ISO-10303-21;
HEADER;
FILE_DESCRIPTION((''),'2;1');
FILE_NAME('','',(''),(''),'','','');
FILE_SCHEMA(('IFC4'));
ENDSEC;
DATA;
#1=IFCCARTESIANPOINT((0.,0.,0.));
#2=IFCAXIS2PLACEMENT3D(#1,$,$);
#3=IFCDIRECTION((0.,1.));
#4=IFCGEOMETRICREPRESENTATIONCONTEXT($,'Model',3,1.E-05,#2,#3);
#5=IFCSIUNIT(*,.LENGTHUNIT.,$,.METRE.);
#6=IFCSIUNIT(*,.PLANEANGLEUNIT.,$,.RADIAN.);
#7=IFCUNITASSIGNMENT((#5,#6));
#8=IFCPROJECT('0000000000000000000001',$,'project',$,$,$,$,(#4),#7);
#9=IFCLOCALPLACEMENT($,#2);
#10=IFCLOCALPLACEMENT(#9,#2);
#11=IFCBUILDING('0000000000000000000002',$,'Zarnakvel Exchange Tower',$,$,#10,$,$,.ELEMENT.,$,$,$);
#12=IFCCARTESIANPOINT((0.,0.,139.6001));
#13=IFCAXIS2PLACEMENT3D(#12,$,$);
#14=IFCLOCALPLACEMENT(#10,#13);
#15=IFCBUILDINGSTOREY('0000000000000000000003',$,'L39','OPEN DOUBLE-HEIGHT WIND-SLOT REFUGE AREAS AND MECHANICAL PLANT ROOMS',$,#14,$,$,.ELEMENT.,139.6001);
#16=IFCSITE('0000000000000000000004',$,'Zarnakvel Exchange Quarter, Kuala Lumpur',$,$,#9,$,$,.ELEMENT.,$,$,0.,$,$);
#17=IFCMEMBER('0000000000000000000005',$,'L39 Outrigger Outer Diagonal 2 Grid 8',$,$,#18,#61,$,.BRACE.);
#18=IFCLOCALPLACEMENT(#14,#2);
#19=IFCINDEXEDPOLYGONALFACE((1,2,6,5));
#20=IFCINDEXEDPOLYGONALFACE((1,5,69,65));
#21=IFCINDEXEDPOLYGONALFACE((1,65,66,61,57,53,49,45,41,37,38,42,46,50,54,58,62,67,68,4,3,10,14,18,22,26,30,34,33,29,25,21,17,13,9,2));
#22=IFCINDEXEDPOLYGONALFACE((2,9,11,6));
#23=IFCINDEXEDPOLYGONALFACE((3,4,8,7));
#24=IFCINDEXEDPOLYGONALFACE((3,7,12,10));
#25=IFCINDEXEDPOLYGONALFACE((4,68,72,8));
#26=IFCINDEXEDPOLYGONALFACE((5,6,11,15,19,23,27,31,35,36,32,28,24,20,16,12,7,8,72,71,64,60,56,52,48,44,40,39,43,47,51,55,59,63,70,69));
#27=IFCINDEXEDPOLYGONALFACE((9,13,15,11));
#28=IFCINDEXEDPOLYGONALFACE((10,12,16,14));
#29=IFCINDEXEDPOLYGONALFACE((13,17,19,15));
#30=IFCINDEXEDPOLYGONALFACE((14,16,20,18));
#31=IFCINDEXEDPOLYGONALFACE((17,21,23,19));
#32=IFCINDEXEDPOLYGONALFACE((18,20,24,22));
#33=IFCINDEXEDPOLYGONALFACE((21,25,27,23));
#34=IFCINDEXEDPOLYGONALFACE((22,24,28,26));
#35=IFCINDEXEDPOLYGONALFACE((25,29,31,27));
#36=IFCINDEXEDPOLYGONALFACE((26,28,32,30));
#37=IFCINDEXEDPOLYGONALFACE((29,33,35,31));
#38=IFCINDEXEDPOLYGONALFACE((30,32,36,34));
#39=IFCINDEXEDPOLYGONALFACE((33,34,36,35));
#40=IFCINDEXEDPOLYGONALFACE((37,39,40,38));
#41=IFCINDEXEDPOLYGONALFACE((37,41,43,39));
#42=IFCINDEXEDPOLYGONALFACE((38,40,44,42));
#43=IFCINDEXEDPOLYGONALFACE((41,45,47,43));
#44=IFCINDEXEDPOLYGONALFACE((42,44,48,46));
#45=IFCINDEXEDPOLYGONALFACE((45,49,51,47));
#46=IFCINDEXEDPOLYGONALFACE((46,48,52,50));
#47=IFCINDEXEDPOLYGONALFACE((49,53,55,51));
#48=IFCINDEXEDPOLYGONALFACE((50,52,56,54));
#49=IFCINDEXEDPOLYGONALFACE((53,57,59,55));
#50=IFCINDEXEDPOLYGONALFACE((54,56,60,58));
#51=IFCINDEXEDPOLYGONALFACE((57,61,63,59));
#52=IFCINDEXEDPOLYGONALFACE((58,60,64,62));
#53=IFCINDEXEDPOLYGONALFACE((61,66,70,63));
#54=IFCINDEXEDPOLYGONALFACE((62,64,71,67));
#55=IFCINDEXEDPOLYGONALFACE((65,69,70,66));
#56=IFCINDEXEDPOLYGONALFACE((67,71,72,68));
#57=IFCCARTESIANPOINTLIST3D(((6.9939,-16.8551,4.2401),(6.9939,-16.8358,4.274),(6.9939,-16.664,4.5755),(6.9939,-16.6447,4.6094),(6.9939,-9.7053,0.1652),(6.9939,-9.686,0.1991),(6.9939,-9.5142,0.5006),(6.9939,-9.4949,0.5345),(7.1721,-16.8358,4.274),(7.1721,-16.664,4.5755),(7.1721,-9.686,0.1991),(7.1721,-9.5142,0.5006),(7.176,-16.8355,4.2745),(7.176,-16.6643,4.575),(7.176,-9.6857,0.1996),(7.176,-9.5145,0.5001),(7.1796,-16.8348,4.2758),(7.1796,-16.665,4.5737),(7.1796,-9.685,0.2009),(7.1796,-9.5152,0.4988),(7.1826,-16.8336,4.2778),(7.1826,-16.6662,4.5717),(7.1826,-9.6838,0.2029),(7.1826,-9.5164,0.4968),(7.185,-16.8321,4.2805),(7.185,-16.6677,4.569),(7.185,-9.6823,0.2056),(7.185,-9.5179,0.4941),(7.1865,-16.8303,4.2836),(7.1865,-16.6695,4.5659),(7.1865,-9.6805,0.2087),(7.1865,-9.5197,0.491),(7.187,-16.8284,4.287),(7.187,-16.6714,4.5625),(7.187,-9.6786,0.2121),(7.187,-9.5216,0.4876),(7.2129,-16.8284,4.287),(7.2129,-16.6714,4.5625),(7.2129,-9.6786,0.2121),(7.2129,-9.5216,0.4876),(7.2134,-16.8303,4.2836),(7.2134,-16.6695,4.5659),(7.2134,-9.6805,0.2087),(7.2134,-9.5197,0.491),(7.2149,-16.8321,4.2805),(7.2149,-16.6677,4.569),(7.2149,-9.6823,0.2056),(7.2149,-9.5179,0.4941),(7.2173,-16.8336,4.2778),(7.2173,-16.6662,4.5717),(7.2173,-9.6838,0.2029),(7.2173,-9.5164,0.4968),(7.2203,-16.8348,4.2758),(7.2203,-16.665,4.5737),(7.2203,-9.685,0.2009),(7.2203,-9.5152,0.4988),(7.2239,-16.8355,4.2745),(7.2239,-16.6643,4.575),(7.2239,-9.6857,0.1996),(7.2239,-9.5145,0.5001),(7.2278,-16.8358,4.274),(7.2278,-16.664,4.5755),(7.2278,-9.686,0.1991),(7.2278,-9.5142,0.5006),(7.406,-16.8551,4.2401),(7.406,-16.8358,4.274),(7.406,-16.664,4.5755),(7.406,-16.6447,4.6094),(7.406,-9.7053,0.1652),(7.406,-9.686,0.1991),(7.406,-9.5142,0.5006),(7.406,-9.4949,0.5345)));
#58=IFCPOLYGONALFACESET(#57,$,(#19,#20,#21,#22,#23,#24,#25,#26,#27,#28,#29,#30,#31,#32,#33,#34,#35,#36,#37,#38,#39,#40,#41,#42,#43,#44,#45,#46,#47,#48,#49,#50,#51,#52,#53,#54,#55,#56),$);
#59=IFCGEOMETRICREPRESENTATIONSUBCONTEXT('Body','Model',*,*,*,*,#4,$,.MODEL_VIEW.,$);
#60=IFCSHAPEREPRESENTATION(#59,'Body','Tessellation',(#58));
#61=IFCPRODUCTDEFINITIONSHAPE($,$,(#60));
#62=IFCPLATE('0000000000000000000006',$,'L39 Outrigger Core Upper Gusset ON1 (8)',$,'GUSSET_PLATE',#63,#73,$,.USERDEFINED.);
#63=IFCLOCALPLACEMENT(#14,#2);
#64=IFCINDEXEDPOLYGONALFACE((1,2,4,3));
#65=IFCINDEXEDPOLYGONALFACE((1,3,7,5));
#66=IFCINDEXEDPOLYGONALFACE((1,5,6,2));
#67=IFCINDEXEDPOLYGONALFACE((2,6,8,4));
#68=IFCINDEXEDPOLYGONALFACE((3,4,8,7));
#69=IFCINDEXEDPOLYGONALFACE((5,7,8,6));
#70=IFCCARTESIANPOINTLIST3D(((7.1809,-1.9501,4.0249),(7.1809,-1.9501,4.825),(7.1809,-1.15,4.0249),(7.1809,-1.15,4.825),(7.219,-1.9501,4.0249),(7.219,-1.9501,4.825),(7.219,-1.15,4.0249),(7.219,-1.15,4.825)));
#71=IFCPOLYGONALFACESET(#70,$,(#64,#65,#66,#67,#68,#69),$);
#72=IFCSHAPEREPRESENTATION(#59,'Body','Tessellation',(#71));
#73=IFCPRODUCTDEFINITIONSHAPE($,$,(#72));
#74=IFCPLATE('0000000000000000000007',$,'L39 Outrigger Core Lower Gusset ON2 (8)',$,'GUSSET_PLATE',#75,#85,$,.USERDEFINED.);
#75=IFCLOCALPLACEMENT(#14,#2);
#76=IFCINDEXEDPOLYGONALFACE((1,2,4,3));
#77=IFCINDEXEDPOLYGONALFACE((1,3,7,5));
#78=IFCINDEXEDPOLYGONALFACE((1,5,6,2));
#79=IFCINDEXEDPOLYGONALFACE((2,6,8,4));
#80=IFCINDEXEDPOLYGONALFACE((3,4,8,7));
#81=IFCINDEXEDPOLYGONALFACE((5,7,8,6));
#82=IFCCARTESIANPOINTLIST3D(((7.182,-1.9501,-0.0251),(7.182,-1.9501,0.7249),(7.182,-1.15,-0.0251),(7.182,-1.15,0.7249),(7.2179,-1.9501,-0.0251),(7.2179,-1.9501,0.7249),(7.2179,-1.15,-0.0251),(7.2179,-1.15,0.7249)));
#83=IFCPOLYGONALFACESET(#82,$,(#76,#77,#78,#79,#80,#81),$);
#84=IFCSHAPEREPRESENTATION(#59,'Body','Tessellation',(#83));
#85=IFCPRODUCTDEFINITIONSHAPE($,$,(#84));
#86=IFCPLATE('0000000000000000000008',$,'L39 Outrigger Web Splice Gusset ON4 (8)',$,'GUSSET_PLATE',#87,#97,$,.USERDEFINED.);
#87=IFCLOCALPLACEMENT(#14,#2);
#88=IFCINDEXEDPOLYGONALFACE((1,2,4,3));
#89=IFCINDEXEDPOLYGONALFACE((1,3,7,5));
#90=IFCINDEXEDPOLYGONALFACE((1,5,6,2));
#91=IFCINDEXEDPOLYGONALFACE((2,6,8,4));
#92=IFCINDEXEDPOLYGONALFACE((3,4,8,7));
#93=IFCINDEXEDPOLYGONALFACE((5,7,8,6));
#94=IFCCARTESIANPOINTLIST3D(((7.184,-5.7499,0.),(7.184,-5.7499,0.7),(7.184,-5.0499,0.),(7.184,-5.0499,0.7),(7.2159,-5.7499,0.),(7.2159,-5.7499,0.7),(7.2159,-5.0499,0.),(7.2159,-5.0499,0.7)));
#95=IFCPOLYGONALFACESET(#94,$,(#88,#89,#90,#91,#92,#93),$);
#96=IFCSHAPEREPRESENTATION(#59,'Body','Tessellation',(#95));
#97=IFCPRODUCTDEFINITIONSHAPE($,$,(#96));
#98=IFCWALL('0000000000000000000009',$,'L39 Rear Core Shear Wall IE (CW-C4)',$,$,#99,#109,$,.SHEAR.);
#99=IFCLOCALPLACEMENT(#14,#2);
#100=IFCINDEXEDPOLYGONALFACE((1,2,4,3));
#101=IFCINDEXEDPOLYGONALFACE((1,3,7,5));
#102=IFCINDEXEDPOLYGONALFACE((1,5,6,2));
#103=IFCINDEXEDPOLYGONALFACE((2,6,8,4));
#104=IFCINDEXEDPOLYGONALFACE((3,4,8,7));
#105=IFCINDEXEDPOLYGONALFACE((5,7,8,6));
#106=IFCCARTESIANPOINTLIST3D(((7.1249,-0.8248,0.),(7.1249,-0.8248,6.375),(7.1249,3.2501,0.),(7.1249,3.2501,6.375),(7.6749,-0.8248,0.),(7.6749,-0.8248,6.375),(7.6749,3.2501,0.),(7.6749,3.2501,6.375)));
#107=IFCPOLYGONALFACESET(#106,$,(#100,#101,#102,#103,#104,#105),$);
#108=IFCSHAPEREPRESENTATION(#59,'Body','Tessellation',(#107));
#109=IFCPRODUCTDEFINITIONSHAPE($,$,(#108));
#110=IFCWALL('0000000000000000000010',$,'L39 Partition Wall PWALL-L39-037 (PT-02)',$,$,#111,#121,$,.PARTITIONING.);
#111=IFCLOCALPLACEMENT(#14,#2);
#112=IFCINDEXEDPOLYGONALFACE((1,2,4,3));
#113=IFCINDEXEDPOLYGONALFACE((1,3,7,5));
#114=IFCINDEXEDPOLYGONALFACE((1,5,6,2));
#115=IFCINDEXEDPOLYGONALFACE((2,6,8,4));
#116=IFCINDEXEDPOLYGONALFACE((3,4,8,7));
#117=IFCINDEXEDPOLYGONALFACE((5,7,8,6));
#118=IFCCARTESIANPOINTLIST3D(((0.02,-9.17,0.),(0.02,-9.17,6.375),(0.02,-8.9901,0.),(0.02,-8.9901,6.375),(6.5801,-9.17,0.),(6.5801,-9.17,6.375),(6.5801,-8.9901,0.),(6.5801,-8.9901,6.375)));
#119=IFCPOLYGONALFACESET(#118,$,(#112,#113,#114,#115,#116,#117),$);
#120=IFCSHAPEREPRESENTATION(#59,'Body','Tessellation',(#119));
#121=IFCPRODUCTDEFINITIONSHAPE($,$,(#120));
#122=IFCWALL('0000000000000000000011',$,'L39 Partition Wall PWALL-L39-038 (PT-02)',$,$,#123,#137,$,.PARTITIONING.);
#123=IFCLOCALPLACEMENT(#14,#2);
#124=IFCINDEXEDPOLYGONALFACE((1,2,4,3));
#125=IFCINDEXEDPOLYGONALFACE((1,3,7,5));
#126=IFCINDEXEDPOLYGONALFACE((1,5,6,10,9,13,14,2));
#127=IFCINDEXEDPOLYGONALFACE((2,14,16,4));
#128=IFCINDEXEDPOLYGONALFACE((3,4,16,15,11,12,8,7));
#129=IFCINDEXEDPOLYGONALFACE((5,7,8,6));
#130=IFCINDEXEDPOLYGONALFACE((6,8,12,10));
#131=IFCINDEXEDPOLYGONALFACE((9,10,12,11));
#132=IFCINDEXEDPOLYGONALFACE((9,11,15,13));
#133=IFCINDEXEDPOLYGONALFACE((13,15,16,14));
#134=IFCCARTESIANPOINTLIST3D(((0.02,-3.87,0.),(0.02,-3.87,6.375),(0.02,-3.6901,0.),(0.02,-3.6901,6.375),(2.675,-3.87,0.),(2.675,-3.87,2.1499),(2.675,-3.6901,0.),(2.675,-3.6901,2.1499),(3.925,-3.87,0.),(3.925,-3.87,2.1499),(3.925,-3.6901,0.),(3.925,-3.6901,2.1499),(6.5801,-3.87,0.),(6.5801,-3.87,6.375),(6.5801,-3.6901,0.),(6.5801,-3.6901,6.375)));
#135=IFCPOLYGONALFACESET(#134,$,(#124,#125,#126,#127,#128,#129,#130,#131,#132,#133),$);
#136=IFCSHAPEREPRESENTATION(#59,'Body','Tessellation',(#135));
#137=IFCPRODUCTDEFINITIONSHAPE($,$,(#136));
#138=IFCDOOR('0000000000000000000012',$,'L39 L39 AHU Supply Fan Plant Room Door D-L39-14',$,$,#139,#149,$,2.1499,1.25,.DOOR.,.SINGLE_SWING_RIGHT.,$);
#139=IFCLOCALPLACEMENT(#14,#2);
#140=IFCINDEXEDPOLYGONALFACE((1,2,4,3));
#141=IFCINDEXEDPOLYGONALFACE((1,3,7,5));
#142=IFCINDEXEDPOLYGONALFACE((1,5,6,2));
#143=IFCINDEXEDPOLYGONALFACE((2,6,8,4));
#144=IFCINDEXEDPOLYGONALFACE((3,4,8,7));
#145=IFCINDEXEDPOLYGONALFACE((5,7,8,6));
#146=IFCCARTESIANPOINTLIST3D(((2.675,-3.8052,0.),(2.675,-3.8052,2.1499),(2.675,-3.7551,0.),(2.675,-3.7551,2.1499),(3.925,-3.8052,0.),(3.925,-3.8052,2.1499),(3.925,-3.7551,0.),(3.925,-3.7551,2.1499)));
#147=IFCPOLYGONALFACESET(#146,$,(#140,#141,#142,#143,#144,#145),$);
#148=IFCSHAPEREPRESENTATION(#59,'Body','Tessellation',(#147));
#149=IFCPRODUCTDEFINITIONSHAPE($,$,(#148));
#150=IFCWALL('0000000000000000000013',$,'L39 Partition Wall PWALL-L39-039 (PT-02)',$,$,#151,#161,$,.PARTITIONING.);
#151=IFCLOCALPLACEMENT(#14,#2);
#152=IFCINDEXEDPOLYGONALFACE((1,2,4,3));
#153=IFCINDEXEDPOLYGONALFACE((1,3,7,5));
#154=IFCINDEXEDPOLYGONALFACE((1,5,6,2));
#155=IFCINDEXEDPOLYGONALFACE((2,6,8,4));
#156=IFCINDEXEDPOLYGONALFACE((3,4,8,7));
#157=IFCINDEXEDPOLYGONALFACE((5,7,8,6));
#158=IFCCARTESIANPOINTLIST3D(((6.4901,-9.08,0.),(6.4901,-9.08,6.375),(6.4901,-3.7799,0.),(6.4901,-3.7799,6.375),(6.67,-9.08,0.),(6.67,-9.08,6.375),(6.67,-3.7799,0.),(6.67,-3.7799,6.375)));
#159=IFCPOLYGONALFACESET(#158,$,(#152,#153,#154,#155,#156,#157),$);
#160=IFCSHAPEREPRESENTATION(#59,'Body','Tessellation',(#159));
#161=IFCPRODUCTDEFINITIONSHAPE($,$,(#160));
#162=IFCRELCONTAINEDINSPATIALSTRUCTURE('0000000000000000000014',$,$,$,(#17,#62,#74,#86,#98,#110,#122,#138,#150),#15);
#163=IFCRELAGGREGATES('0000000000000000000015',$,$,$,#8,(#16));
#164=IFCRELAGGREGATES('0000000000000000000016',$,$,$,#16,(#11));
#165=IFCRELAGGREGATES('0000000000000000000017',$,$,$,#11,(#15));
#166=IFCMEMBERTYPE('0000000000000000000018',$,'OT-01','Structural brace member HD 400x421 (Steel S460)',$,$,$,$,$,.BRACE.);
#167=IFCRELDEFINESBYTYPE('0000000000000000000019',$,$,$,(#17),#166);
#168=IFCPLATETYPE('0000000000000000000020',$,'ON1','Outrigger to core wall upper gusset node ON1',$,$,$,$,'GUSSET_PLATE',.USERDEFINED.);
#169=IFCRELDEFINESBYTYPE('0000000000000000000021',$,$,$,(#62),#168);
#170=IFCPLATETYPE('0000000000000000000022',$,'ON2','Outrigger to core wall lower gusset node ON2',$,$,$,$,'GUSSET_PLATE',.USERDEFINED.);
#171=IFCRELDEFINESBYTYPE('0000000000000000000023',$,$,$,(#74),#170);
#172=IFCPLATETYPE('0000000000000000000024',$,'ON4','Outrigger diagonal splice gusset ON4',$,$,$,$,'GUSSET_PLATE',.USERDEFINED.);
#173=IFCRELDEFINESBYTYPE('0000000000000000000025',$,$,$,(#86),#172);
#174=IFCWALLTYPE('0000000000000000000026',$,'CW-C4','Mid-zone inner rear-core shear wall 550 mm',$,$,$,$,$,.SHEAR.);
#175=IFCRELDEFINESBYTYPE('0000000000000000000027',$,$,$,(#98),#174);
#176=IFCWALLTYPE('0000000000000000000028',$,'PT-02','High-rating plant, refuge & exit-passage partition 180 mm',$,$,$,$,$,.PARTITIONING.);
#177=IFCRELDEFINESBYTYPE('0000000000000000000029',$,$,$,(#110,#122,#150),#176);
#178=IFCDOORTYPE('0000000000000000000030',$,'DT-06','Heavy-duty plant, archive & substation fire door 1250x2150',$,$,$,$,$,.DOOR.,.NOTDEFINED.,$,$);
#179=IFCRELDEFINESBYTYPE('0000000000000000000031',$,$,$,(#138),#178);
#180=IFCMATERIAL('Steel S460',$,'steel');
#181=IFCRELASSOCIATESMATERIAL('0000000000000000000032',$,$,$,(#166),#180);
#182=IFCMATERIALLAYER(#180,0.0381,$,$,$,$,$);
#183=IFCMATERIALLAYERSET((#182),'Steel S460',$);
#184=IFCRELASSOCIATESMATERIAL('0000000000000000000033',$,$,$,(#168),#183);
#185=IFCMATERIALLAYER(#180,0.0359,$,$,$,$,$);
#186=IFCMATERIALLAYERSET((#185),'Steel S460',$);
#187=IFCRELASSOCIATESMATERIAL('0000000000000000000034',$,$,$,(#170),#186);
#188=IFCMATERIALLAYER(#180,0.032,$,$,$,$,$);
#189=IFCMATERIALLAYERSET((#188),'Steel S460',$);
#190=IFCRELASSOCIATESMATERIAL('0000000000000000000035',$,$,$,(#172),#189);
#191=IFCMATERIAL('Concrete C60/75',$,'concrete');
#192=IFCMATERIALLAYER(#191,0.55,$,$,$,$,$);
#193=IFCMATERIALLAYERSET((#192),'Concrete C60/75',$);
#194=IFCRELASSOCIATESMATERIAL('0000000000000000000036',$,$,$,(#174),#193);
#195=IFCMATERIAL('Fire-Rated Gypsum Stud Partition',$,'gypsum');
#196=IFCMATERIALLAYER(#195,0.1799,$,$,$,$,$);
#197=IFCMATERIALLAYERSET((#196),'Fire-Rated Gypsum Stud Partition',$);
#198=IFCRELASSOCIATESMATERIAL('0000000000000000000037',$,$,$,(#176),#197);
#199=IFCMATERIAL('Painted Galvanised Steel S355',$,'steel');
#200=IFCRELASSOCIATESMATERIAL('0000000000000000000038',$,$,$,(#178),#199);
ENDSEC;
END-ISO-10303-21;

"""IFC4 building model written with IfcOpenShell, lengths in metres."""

from ifc_helpers import new_model, si_unit, direction, frame, frame_2d, origin, origin_2d, place, context, subcontext, project, spatial, rectangle, i_section, extrude, source, transform, mapped, material, layer, layer_set, material_profile, profile_set, type_object, element, fill, save


model = new_model("IFC4")

# Units and contexts
model_context = context("Model", 3, precision=1e-05, world=origin(), true_north=direction((0.0, 1.0)))
body_context = subcontext(model_context, "Body", "Model", "MODEL_VIEW")
ifc_project = project(units=[si_unit("LENGTHUNIT", "METRE"), si_unit("PLANEANGLEUNIT", "RADIAN")], contexts=[model_context])

# Site, building, storey
site_placement = place(None, origin())
site = spatial("IfcSite", under=ifc_project, at=site_placement, Name="Zarnakvel Exchange Quarter, Kuala Lumpur", CompositionType="ELEMENT", RefElevation=0.0)
building_placement = place(site_placement, origin())
building = spatial("IfcBuilding", under=site, at=building_placement, Name="Zarnakvel Exchange Tower", CompositionType="ELEMENT")
storey_placement = place(building_placement, frame((0.0, 0.0, 139.6001)))
storey = spatial("IfcBuildingStorey", under=building, at=storey_placement, Name="L39", Description="OPEN DOUBLE-HEIGHT WIND-SLOT REFUGE AREAS AND MECHANICAL PLANT ROOMS", CompositionType="ELEMENT", Elevation=139.6001)

# Shared definitions
ifc_material_1 = material(Name="Concrete C60/75", Category="concrete")

# Member
ifc_material_2 = material(Name="Steel S460", Category="steel")
ifc_material_profile_1 = material_profile(ifc_material_2, i_section(OverallWidth=0.4121, OverallDepth=0.425, WebThickness=0.0259, FlangeThickness=0.0391, FilletRadius=0.0149, at=origin_2d()))
ifc_profile_set_1 = profile_set([ifc_material_profile_1], Name="Steel S460")
member_type_1 = type_object("IfcMemberType", Name="OT-01", Description="Structural brace member HD 400x421 (Steel S460)", PredefinedType="BRACE", material=ifc_profile_set_1)
shared_shape_1 = source(origin(), body_context, "Body", "SweptSolid", [
    extrude(i_section(OverallWidth=0.4121, OverallDepth=0.425, WebThickness=0.0259, FlangeThickness=0.0391, FilletRadius=0.0149, at=origin_2d()), origin(), (0.0, 0.0, 1.0), 8.2295),
])
member_1_placement = place(storey_placement, frame((7.2, -9.6001, 0.3499), z_axis=(0.0, -0.868803, 0.495158), x_axis=(1.0, 0.0, 0.0)))
element("IfcMember", 1, at=member_1_placement, inside=storey, type_object=member_type_1, Name="L39 Outrigger Outer Diagonal 2 Grid 8", PredefinedType="BRACE", context=body_context, shape_type="MappedRepresentation", body=[
    mapped(shared_shape_1, transform((0.0, 0.0, 0.0), x_axis=(1.0, 0.0, 0.0), y_axis=(0.0, 1.0, 0.0), z_axis=(0.0, 0.0, 1.0), scale=1.0)),
])

# Plates
ifc_layer_1 = layer(ifc_material_2, 0.0381)
ifc_layer_set_1 = layer_set([ifc_layer_1], Name="Steel S460")
plate_type_1 = type_object("IfcPlateType", Name="ON1", Description="Outrigger to core wall upper gusset node ON1", ElementType="GUSSET_PLATE", PredefinedType="USERDEFINED", material=ifc_layer_set_1)
shared_shape_2 = source(origin(), body_context, "Body", "SweptSolid", [
    extrude(rectangle(XDim=0.0381, YDim=0.8, at=origin_2d()), origin(), (0.0, 0.0, 1.0), 0.8),
])
plate_1_placement = place(storey_placement, frame((7.2, -1.55, 4.0249), z_axis=(0.0, 0.0, 1.0), x_axis=(1.0, 0.0, 0.0)))
element("IfcPlate", 2, at=plate_1_placement, inside=storey, type_object=plate_type_1, Name="L39 Outrigger Core Upper Gusset ON1 (8)", ObjectType="GUSSET_PLATE", PredefinedType="USERDEFINED", context=body_context, shape_type="MappedRepresentation", body=[
    mapped(shared_shape_2, transform((0.0, 0.0, 0.0), x_axis=(1.0, 0.0, 0.0), y_axis=(0.0, 1.0, 0.0), z_axis=(0.0, 0.0, 1.0), scale=1.0)),
])
ifc_layer_2 = layer(ifc_material_2, 0.0359)
ifc_layer_set_2 = layer_set([ifc_layer_2], Name="Steel S460")
plate_type_2 = type_object("IfcPlateType", Name="ON2", Description="Outrigger to core wall lower gusset node ON2", ElementType="GUSSET_PLATE", PredefinedType="USERDEFINED", material=ifc_layer_set_2)
shared_shape_3 = source(origin(), body_context, "Body", "SweptSolid", [
    extrude(rectangle(XDim=0.0359, YDim=0.8, at=origin_2d()), origin(), (0.0, 0.0, 1.0), 0.75),
])
plate_2_placement = place(storey_placement, frame((7.2, -1.55, -0.0251), z_axis=(0.0, 0.0, 1.0), x_axis=(1.0, 0.0, 0.0)))
element("IfcPlate", 3, at=plate_2_placement, inside=storey, type_object=plate_type_2, Name="L39 Outrigger Core Lower Gusset ON2 (8)", ObjectType="GUSSET_PLATE", PredefinedType="USERDEFINED", context=body_context, shape_type="MappedRepresentation", body=[
    mapped(shared_shape_3, transform((0.0, 0.0, 0.0), x_axis=(1.0, 0.0, 0.0), y_axis=(0.0, 1.0, 0.0), z_axis=(0.0, 0.0, 1.0), scale=1.0)),
])
ifc_layer_3 = layer(ifc_material_2, 0.032)
ifc_layer_set_3 = layer_set([ifc_layer_3], Name="Steel S460")
plate_type_3 = type_object("IfcPlateType", Name="ON4", Description="Outrigger diagonal splice gusset ON4", ElementType="GUSSET_PLATE", PredefinedType="USERDEFINED", material=ifc_layer_set_3)
shared_shape_4 = source(origin(), body_context, "Body", "SweptSolid", [
    extrude(rectangle(XDim=0.032, YDim=0.7, at=origin_2d()), origin(), (0.0, 0.0, 1.0), 0.7),
])
plate_3_placement = place(storey_placement, frame((7.2, -5.3999, 0.0), z_axis=(0.0, 0.0, 1.0), x_axis=(1.0, 0.0, 0.0)))
element("IfcPlate", 4, at=plate_3_placement, inside=storey, type_object=plate_type_3, Name="L39 Outrigger Web Splice Gusset ON4 (8)", ObjectType="GUSSET_PLATE", PredefinedType="USERDEFINED", context=body_context, shape_type="MappedRepresentation", body=[
    mapped(shared_shape_4, transform((0.0, 0.0, 0.0), x_axis=(1.0, 0.0, 0.0), y_axis=(0.0, 1.0, 0.0), z_axis=(0.0, 0.0, 1.0), scale=1.0)),
])

# Shared definitions
ifc_material_3 = material(Name="Painted Galvanised Steel S355", Category="steel")

# Walls
ifc_layer_4 = layer(ifc_material_1, 0.55)
ifc_layer_set_4 = layer_set([ifc_layer_4], Name="Concrete C60/75")
wall_type_1 = type_object("IfcWallType", Name="CW-C4", Description="Mid-zone inner rear-core shear wall 550 mm", PredefinedType="SHEAR", material=ifc_layer_set_4)
wall_1_placement = place(storey_placement, frame((7.3999, -0.825, 0.0), z_axis=(0.0, 0.0, 1.0), x_axis=(0.0, 1.0, 0.0)))
element("IfcWall", 5, at=wall_1_placement, inside=storey, type_object=wall_type_1, Name="L39 Rear Core Shear Wall IE (CW-C4)", PredefinedType="SHEAR", context=body_context, shape_type="SweptSolid", body=[
    extrude(rectangle(XDim=4.075, YDim=0.55, at=frame_2d((2.0376, 0.0))), origin(), (0.0, 0.0, 1.0), 6.375),
])
ifc_material_4 = material(Name="Fire-Rated Gypsum Stud Partition", Category="gypsum")
ifc_layer_5 = layer(ifc_material_4, 0.1799)
ifc_layer_set_5 = layer_set([ifc_layer_5], Name="Fire-Rated Gypsum Stud Partition")
wall_type_2 = type_object("IfcWallType", Name="PT-02", Description="High-rating plant, refuge & exit-passage partition 180 mm", PredefinedType="PARTITIONING", material=ifc_layer_set_5)
wall_2_placement = place(storey_placement, frame((6.5801, -9.0801, 0.0), z_axis=(0.0, 0.0, 1.0), x_axis=(-1.0, 0.0, 0.0)))
element("IfcWall", 6, at=wall_2_placement, inside=storey, type_object=wall_type_2, Name="L39 Partition Wall PWALL-L39-037 (PT-02)", PredefinedType="PARTITIONING", context=body_context, shape_type="SweptSolid", body=[
    extrude(rectangle(XDim=6.5601, YDim=0.1799, at=frame_2d((3.28, 0.0))), origin(), (0.0, 0.0, 1.0), 6.375),
])

# Wall, opening, door
wall_3_placement = place(storey_placement, frame((0.02, -3.78, 0.0), z_axis=(0.0, 0.0, 1.0), x_axis=(1.0, 0.0, 0.0)))
wall_3 = element("IfcWall", 7, at=wall_3_placement, inside=storey, type_object=wall_type_2, Name="L39 Partition Wall PWALL-L39-038 (PT-02)", PredefinedType="PARTITIONING", context=body_context, shape_type="SweptSolid", body=[
    extrude(rectangle(XDim=6.5601, YDim=0.1799, at=frame_2d((3.28, 0.0))), origin(), (0.0, 0.0, 1.0), 6.375),
])
opening_1_placement = place(wall_3_placement, frame((2.655, 0.0, 0.0)))
opening_1 = element("IfcOpeningElement", 8, at=opening_1_placement, cuts=wall_3, PredefinedType="OPENING", context=body_context, shape_type="SweptSolid", body=[
    extrude(rectangle(XDim=1.25, YDim=2.1499, at=frame_2d((0.625, 1.075))), frame((0.0, 0.0999, 0.0), z_axis=(0.0, -1.0, 0.0), x_axis=(1.0, 0.0, 0.0)), (0.0, 0.0, 1.0), 0.2),
])
door_type_1 = type_object("IfcDoorType", Name="DT-06", Description="Heavy-duty plant, archive & substation fire door 1250x2150", OperationType="NOTDEFINED", PredefinedType="DOOR", material=ifc_material_3)
shared_shape_5 = source(origin(), body_context, "Body", "SweptSolid", [
    extrude(rectangle(XDim=1.25, YDim=2.1499, at=frame_2d((0.625, 1.075))), frame((0.0, 0.0249, 0.0), z_axis=(0.0, -1.0, 0.0), x_axis=(1.0, 0.0, 0.0)), (0.0, 0.0, 1.0), 0.05),
])
door_1_placement = place(opening_1_placement, origin())
door_1 = element("IfcDoor", 9, at=door_1_placement, inside=storey, type_object=door_type_1, Name="L39 L39 AHU Supply Fan Plant Room Door D-L39-14", OperationType="SINGLE_SWING_RIGHT", OverallHeight=2.1499, OverallWidth=1.25, PredefinedType="DOOR", context=body_context, shape_type="MappedRepresentation", body=[
    mapped(shared_shape_5, transform((0.0, 0.0, 0.0), x_axis=(1.0, 0.0, 0.0), y_axis=(0.0, 1.0, 0.0), z_axis=(0.0, 0.0, 1.0), scale=1.0)),
])
fill(opening_1, door_1)

# Wall
wall_4_placement = place(storey_placement, frame((6.5801, -3.78, 0.0), z_axis=(0.0, 0.0, 1.0), x_axis=(0.0, -1.0, 0.0)))
element("IfcWall", 10, at=wall_4_placement, inside=storey, type_object=wall_type_2, Name="L39 Partition Wall PWALL-L39-039 (PT-02)", PredefinedType="PARTITIONING", context=body_context, shape_type="SweptSolid", body=[
    extrude(rectangle(XDim=5.3, YDim=0.1799, at=frame_2d((2.6499, 0.0))), origin(), (0.0, 0.0, 1.0), 6.375),
])

save(model, "model.ifc")
